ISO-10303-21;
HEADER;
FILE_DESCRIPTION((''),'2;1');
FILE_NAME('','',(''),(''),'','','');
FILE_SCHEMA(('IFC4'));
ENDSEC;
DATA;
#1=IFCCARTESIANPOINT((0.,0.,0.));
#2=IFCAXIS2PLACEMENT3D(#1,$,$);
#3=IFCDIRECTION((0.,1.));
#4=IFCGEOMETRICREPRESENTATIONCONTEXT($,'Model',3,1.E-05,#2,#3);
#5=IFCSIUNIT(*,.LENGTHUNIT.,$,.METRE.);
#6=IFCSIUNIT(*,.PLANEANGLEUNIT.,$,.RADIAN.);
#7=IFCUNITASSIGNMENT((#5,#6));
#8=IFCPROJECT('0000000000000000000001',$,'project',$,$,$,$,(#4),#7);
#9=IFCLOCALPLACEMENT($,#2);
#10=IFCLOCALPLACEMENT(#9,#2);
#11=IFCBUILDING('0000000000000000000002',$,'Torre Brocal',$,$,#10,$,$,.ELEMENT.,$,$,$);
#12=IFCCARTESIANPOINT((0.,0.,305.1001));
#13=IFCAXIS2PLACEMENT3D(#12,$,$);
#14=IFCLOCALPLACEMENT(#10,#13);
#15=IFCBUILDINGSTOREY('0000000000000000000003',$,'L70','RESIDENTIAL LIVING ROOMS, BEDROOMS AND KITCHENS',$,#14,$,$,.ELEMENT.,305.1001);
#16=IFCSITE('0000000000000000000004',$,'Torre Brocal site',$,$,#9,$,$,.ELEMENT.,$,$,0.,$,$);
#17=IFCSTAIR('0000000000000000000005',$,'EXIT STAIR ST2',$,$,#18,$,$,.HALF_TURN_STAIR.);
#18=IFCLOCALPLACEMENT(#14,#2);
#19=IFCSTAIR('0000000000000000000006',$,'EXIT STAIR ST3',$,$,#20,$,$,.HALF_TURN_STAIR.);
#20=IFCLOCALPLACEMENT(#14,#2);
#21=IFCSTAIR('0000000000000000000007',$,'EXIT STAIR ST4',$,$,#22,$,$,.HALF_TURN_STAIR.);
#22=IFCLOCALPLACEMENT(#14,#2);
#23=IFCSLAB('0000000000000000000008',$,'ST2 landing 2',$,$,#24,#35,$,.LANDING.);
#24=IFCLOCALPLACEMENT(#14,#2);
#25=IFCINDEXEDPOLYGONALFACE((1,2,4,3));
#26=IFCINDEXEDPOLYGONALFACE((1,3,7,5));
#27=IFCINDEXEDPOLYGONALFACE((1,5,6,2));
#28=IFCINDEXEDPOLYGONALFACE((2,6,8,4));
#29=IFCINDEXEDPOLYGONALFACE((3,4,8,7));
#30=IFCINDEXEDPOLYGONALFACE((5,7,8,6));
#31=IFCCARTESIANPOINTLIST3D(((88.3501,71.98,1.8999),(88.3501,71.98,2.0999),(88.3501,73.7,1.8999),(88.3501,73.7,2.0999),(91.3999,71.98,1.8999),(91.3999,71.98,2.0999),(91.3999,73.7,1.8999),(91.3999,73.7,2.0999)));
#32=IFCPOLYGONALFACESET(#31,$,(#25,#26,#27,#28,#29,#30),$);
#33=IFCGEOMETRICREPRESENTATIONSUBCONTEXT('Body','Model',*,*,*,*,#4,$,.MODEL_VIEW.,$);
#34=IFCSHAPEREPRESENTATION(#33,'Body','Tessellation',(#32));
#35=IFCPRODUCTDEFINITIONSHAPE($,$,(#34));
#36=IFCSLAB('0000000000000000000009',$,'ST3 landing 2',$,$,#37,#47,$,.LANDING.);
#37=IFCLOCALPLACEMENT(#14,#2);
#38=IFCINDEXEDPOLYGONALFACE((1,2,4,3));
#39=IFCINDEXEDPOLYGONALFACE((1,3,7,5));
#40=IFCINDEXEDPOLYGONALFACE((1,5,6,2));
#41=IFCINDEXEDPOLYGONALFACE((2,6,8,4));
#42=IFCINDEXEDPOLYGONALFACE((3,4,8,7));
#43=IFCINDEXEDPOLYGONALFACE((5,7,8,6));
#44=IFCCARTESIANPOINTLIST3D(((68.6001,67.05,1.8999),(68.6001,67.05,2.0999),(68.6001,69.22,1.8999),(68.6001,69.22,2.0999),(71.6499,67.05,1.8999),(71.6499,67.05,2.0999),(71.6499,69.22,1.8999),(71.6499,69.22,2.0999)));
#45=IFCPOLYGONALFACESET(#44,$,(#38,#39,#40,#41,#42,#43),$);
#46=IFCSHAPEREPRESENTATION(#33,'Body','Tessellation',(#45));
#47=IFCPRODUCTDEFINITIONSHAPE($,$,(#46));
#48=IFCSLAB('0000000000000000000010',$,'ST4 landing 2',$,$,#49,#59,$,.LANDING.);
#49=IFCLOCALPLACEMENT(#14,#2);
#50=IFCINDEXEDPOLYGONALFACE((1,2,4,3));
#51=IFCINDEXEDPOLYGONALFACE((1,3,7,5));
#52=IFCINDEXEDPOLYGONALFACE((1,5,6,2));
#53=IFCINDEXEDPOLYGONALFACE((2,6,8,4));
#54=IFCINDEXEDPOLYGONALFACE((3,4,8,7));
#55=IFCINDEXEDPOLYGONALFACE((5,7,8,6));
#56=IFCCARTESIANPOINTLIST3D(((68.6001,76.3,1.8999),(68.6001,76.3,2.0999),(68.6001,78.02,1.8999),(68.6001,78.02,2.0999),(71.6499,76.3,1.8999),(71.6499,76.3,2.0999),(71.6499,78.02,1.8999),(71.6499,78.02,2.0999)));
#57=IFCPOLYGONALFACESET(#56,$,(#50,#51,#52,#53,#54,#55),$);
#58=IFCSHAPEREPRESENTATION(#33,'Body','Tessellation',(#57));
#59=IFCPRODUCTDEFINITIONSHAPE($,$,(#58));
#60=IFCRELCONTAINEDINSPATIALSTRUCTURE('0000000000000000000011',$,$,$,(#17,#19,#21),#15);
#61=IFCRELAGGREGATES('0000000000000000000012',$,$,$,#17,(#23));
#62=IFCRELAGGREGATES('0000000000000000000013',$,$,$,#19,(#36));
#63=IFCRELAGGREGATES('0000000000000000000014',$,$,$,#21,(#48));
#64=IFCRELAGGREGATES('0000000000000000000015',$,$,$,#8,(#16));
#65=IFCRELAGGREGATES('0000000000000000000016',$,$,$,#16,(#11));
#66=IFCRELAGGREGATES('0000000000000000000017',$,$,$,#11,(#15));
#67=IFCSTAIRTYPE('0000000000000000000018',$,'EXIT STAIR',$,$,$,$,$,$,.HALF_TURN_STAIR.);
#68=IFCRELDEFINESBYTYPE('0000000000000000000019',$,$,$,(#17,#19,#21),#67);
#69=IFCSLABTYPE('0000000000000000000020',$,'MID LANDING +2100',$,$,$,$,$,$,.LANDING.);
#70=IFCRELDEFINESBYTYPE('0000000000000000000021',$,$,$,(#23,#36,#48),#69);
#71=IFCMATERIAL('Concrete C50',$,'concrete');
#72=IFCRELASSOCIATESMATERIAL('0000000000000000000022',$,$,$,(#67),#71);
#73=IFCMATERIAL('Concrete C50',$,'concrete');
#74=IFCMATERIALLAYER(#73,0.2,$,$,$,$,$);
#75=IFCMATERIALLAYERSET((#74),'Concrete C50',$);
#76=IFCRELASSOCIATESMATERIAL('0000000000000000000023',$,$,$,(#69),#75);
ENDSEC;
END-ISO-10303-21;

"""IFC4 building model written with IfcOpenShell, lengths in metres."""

from ifc_helpers import new_model, si_unit, direction, frame, origin, place, context, subcontext, project, spatial, polyline, outline, extrude, material, layer, layer_set, type_object, element, aggregate, save


model = new_model("IFC4")

# Units and contexts
model_context = context("Model", 3, precision=1e-05, world=origin(), true_north=direction((0.0, 1.0)))
body_context = subcontext(model_context, "Body", "Model", "MODEL_VIEW")
ifc_project = project(units=[si_unit("LENGTHUNIT", "METRE"), si_unit("PLANEANGLEUNIT", "RADIAN")], contexts=[model_context])

# Site, building, storey
site_placement = place(None, origin())
site = spatial("IfcSite", under=ifc_project, at=site_placement, Name="Torre Brocal site", CompositionType="ELEMENT", RefElevation=0.0)
building_placement = place(site_placement, origin())
building = spatial("IfcBuilding", under=site, at=building_placement, Name="Torre Brocal", CompositionType="ELEMENT")
storey_placement = place(building_placement, frame((0.0, 0.0, 305.1001)))
storey = spatial("IfcBuildingStorey", under=building, at=storey_placement, Name="L70", Description="RESIDENTIAL LIVING ROOMS, BEDROOMS AND KITCHENS", CompositionType="ELEMENT", Elevation=305.1001)

# Stairs
ifc_material_1 = material(Name="Concrete C50", Category="concrete")
stair_type = type_object("IfcStairType", Name="EXIT STAIR", PredefinedType="HALF_TURN_STAIR", material=ifc_material_1)
stair_1_placement = place(storey_placement, origin())
stair_1 = element("IfcStair", 1, at=stair_1_placement, inside=storey, type_object=stair_type, Name="EXIT STAIR ST2", PredefinedType="HALF_TURN_STAIR")
stair_2_placement = place(storey_placement, origin())
stair_2 = element("IfcStair", 2, at=stair_2_placement, inside=storey, type_object=stair_type, Name="EXIT STAIR ST3", PredefinedType="HALF_TURN_STAIR")
stair_3_placement = place(storey_placement, origin())
stair_3 = element("IfcStair", 3, at=stair_3_placement, inside=storey, type_object=stair_type, Name="EXIT STAIR ST4", PredefinedType="HALF_TURN_STAIR")

# Slabs
ifc_material_2 = material(Name="Concrete C50", Category="concrete")
ifc_layer_1 = layer(ifc_material_2, 0.2)
ifc_layer_set_1 = layer_set([ifc_layer_1], Name="Concrete C50")
slab_type_1 = type_object("IfcSlabType", Name="MID LANDING +2100", PredefinedType="LANDING", material=ifc_layer_set_1)
slab_1_placement = place(storey_placement, frame((0.0, 0.0, 1.8999)))
slab_1 = element("IfcSlab", 4, at=slab_1_placement, type_object=slab_type_1, Name="ST2 landing 2", PredefinedType="LANDING", context=body_context, shape_type="SweptSolid", body=[
    extrude(outline(polyline([(88.3501, 71.98), (91.3999, 71.98), (91.3999, 73.7), (88.3501, 73.7), (88.3501, 71.98)])), origin(), (0.0, 0.0, 1.0), 0.2),
])
aggregate(stair_1, [slab_1])
slab_2_placement = place(storey_placement, frame((0.0, 0.0, 1.8999)))
slab_2 = element("IfcSlab", 5, at=slab_2_placement, type_object=slab_type_1, Name="ST3 landing 2", PredefinedType="LANDING", context=body_context, shape_type="SweptSolid", body=[
    extrude(outline(polyline([(71.6499, 69.22), (68.6001, 69.22), (68.6001, 67.05), (71.6499, 67.05), (71.6499, 69.22)])), origin(), (0.0, 0.0, 1.0), 0.2),
])
aggregate(stair_2, [slab_2])
slab_3_placement = place(storey_placement, frame((0.0, 0.0, 1.8999)))
slab_3 = element("IfcSlab", 6, at=slab_3_placement, type_object=slab_type_1, Name="ST4 landing 2", PredefinedType="LANDING", context=body_context, shape_type="SweptSolid", body=[
    extrude(outline(polyline([(71.6499, 78.02), (68.6001, 78.02), (68.6001, 76.3), (71.6499, 76.3), (71.6499, 78.02)])), origin(), (0.0, 0.0, 1.0), 0.2),
])
aggregate(stair_3, [slab_3])

save(model, "model.ifc")
